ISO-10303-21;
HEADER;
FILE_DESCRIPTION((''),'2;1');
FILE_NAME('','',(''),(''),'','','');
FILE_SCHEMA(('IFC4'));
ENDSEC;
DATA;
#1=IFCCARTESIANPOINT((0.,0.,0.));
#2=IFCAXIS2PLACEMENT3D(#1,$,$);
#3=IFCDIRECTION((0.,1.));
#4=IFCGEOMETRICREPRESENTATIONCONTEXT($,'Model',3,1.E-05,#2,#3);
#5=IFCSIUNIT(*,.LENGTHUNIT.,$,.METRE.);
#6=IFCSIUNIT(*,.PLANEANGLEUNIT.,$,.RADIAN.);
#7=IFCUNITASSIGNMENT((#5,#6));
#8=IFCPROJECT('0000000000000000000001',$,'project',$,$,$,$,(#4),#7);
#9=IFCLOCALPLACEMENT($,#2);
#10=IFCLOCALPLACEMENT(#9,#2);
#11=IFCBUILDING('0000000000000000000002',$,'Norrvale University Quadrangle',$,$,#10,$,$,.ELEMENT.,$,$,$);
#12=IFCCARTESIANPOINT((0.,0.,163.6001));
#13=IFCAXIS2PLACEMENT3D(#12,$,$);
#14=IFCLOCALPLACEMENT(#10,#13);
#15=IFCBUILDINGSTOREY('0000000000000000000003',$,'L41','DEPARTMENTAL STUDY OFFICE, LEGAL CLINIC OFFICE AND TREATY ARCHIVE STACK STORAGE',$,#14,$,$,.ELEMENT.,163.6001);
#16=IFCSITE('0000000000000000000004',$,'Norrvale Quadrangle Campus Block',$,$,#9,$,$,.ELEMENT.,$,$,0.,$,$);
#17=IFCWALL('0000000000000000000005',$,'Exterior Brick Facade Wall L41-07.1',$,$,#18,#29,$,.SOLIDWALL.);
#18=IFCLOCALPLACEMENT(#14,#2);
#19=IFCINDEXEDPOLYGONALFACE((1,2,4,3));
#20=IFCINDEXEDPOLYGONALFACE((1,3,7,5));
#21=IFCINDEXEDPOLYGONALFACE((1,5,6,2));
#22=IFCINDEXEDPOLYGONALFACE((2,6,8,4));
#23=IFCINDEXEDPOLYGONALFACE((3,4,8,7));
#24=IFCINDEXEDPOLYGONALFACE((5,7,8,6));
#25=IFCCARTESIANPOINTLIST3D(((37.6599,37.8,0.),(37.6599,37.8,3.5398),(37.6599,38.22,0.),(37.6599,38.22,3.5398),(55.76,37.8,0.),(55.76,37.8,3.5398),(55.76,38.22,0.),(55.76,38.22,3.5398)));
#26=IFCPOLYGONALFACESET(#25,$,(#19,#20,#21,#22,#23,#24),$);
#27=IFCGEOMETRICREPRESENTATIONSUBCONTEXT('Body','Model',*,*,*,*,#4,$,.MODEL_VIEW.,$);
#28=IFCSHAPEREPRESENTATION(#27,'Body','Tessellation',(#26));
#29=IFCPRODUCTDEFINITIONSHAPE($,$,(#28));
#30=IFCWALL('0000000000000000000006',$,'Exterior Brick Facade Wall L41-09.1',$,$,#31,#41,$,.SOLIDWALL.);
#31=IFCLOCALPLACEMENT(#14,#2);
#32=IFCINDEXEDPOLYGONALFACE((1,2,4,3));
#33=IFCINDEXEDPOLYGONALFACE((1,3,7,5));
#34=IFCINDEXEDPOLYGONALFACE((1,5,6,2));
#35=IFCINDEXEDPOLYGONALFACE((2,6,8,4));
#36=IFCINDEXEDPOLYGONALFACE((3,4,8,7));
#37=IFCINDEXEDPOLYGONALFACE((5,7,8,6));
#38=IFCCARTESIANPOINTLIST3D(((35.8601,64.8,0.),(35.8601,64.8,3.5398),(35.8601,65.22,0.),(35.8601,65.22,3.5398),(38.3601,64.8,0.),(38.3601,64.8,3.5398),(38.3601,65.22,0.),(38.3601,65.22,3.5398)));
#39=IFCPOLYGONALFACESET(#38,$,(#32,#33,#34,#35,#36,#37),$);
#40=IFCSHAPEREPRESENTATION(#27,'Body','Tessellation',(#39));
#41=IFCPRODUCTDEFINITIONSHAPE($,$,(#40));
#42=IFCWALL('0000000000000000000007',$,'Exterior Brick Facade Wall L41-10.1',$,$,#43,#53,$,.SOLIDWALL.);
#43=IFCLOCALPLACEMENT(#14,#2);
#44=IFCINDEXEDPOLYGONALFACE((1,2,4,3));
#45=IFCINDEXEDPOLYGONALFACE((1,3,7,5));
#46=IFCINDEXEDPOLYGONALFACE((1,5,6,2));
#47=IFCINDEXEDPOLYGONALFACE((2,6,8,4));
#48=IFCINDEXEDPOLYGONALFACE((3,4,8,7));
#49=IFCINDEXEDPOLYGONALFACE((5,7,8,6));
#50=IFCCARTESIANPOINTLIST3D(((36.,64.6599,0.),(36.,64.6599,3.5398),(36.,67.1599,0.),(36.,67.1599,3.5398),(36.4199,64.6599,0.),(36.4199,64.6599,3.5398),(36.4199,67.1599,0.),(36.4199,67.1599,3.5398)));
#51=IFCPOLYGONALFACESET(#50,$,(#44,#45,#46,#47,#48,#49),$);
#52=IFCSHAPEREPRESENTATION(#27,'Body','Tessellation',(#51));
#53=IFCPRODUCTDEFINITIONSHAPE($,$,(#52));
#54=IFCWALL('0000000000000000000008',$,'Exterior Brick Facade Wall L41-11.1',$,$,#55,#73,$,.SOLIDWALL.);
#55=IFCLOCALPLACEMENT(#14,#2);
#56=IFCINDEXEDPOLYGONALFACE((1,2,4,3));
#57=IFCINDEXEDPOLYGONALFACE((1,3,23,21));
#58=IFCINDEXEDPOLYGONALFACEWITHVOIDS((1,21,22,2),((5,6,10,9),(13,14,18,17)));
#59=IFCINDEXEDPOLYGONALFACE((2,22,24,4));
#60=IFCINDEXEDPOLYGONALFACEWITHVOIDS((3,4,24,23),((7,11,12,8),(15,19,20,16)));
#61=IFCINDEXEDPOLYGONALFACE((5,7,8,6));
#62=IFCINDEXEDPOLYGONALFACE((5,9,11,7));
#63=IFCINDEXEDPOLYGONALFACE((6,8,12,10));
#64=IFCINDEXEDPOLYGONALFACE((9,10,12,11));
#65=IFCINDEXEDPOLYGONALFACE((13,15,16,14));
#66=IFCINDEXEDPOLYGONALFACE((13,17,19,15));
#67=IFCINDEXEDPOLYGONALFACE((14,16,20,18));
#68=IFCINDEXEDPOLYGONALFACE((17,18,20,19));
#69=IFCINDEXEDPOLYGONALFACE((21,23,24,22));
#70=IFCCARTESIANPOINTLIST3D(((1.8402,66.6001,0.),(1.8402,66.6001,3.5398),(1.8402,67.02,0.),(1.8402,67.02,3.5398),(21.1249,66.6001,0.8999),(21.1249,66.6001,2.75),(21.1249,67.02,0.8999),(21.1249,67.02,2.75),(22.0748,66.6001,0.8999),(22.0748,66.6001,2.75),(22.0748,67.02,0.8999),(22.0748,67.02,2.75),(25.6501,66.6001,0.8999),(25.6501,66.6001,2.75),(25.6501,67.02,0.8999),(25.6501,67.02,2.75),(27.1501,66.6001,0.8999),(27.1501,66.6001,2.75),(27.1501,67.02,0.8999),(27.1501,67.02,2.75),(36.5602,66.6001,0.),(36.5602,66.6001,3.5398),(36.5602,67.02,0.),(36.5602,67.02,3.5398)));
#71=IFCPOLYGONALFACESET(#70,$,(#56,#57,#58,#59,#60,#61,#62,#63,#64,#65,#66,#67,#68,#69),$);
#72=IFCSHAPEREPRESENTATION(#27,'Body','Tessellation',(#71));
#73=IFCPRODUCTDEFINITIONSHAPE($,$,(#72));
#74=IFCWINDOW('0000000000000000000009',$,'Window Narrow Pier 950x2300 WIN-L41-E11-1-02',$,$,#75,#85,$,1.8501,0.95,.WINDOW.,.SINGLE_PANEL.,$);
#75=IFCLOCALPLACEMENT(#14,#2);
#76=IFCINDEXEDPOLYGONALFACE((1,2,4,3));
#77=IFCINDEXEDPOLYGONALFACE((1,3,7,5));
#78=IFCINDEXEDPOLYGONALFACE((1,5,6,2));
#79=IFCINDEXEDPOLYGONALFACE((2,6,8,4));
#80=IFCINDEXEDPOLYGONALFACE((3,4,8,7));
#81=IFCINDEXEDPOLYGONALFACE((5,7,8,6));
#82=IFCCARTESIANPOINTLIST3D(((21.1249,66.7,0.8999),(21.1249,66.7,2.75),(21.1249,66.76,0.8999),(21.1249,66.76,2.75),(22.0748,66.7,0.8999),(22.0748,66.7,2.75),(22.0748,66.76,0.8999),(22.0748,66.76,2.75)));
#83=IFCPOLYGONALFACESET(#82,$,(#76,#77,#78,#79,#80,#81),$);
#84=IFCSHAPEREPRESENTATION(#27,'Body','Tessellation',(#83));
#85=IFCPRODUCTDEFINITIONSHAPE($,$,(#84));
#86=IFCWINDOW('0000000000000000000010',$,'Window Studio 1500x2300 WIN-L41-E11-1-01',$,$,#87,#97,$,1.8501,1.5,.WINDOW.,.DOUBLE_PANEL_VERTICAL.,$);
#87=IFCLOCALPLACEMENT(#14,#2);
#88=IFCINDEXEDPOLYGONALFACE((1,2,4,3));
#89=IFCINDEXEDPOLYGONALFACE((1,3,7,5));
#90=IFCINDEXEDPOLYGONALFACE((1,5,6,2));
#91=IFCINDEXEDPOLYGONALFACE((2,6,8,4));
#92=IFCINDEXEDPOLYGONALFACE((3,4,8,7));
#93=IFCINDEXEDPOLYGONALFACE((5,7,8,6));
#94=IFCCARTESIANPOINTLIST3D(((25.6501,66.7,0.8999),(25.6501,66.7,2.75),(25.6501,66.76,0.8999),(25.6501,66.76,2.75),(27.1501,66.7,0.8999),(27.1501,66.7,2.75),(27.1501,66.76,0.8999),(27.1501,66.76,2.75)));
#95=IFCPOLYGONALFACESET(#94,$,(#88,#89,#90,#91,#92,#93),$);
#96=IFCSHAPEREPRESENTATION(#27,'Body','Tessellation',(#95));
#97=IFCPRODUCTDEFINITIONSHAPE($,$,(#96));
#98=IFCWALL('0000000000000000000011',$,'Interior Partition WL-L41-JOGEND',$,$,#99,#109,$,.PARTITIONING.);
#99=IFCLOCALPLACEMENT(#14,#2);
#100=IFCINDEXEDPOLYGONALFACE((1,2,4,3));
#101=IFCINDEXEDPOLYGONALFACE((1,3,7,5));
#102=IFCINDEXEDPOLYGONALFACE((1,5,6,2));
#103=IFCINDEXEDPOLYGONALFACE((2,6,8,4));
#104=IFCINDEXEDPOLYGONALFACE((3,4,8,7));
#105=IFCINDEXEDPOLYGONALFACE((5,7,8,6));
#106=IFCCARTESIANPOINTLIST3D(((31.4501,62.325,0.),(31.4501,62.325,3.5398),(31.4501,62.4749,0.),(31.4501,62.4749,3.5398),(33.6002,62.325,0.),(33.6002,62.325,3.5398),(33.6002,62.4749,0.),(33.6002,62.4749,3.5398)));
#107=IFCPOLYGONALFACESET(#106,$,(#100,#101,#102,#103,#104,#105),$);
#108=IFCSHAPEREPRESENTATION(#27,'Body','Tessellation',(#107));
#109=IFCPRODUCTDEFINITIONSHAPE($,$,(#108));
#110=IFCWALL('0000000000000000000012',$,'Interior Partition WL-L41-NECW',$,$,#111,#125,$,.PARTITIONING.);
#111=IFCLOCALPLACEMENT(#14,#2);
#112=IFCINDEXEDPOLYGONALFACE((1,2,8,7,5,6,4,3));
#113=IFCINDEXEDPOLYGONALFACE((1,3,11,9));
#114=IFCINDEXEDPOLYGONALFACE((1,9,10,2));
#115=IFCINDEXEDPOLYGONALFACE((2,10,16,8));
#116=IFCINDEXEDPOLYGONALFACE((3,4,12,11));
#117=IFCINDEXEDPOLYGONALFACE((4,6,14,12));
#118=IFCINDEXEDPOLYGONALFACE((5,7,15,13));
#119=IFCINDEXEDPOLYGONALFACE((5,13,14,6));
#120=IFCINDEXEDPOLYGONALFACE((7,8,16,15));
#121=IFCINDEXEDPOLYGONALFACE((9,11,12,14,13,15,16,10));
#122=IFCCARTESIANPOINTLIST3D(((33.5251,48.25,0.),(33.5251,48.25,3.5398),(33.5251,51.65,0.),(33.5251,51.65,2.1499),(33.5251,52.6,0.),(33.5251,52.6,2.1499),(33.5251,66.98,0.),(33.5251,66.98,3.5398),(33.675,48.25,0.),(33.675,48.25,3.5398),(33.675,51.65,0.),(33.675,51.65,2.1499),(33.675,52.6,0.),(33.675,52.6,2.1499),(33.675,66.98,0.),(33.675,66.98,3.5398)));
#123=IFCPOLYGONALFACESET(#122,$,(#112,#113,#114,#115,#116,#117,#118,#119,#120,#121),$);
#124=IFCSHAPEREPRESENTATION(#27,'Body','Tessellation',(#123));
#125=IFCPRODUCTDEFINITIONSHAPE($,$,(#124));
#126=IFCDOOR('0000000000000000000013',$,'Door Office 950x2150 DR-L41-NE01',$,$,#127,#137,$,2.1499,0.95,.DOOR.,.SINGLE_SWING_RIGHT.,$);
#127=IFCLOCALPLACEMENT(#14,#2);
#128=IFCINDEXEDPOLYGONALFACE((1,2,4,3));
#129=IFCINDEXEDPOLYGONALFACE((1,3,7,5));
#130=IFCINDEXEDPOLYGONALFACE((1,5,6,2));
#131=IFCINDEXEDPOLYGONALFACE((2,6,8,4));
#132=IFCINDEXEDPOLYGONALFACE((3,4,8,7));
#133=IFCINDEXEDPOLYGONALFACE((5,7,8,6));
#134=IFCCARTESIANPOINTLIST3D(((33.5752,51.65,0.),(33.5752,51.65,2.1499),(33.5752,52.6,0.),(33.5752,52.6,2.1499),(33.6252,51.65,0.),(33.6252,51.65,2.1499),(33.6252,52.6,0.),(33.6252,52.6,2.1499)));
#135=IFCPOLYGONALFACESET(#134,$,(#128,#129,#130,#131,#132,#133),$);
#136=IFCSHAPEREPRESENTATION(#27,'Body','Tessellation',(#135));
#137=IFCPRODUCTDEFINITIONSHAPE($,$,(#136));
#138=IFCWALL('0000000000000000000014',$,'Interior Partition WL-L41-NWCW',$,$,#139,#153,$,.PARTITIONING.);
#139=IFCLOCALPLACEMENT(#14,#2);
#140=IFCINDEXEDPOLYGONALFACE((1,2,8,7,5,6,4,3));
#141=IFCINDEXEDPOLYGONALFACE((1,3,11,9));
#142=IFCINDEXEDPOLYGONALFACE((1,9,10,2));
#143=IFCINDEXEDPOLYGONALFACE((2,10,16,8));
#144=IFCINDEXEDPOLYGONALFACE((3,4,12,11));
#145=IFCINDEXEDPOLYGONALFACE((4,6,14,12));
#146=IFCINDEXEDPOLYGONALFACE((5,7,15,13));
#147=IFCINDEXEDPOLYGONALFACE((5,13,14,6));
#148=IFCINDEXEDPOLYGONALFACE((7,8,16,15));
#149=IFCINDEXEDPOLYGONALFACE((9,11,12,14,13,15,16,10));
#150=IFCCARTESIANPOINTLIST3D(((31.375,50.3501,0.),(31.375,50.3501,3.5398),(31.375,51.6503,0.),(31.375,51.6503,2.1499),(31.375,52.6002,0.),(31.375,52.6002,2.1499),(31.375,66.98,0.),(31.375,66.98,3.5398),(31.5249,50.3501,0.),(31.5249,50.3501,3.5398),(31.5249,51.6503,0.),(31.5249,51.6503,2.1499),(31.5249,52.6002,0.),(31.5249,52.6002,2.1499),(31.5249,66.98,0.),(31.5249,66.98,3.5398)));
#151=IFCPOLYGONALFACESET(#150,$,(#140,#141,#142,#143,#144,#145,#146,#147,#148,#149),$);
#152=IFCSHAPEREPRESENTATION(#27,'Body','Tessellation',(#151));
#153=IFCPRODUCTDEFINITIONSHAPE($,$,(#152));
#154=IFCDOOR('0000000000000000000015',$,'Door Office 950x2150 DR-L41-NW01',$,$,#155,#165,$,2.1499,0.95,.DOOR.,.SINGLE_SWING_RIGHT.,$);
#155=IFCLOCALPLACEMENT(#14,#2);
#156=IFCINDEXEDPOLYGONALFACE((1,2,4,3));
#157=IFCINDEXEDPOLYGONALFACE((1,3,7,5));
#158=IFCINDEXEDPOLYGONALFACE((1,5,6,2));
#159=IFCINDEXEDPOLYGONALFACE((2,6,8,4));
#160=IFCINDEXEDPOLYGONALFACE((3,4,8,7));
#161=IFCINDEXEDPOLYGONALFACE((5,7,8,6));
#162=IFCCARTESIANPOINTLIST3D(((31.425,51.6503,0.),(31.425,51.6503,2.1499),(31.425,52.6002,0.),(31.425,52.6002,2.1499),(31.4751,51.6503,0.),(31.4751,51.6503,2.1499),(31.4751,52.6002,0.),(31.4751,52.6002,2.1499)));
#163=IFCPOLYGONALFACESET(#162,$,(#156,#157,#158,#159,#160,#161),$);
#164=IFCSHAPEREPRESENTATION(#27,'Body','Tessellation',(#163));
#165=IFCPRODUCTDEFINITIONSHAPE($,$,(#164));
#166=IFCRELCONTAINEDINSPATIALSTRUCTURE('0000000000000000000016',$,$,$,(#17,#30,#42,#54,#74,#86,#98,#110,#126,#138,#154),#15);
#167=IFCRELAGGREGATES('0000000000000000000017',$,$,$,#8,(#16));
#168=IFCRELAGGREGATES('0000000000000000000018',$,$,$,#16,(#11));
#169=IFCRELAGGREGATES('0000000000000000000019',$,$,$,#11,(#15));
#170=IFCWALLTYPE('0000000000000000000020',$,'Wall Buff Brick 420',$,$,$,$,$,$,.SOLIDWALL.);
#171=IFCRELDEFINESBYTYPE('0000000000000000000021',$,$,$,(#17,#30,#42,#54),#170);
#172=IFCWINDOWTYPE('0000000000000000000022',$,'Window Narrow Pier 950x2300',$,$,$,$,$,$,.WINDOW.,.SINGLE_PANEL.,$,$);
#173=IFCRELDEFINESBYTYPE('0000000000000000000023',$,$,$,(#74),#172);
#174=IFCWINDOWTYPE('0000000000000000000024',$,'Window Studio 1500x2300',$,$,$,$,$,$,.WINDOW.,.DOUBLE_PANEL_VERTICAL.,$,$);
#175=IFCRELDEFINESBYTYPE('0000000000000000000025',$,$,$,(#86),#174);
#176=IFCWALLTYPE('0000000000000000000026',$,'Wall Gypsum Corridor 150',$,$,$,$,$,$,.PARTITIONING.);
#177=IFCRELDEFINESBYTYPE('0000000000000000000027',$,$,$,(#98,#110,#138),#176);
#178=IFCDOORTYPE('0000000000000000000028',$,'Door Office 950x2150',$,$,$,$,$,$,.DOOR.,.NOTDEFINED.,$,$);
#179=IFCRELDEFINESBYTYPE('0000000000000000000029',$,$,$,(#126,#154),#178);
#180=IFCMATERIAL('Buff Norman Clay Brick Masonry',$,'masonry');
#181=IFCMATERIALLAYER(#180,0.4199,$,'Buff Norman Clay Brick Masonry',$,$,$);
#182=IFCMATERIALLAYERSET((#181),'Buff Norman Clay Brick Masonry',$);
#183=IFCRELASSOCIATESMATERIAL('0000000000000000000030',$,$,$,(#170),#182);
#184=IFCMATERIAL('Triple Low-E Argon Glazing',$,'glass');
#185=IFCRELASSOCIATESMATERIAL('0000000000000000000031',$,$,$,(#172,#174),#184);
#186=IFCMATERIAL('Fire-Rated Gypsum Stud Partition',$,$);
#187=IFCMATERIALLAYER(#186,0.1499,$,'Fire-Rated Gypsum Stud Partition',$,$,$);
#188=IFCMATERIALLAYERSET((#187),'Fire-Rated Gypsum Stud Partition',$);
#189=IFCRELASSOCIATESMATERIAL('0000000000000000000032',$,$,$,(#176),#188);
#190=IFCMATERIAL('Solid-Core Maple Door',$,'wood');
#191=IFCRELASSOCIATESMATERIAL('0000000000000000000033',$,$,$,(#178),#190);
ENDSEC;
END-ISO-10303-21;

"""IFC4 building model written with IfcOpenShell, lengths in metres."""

from ifc_helpers import new_model, si_unit, direction, frame, frame_2d, origin, place, context, subcontext, project, spatial, rectangle, extrude, material, layer, layer_set, type_object, element, fill, save


model = new_model("IFC4")

# Units and contexts
model_context = context("Model", 3, precision=1e-05, world=origin(), true_north=direction((0.0, 1.0)))
body_context = subcontext(model_context, "Body", "Model", "MODEL_VIEW")
ifc_project = project(units=[si_unit("LENGTHUNIT", "METRE"), si_unit("PLANEANGLEUNIT", "RADIAN")], contexts=[model_context])

# Site, building, storey
site_placement = place(None, origin())
site = spatial("IfcSite", under=ifc_project, at=site_placement, Name="Norrvale Quadrangle Campus Block", CompositionType="ELEMENT", RefElevation=0.0)
building_placement = place(site_placement, origin())
building = spatial("IfcBuilding", under=site, at=building_placement, Name="Norrvale University Quadrangle", CompositionType="ELEMENT")
storey_placement = place(building_placement, frame((0.0, 0.0, 163.6001)))
storey = spatial("IfcBuildingStorey", under=building, at=storey_placement, Name="L41", Description="DEPARTMENTAL STUDY OFFICE, LEGAL CLINIC OFFICE AND TREATY ARCHIVE STACK STORAGE", CompositionType="ELEMENT", Elevation=163.6001)

# Walls
ifc_material_1 = material(Name="Buff Norman Clay Brick Masonry", Category="masonry")
ifc_layer_1 = layer(ifc_material_1, 0.4199, Name="Buff Norman Clay Brick Masonry")
ifc_layer_set_1 = layer_set([ifc_layer_1], Name="Buff Norman Clay Brick Masonry")
wall_type_1 = type_object("IfcWallType", Name="Wall Buff Brick 420", PredefinedType="SOLIDWALL", material=ifc_layer_set_1)
wall_1_placement = place(storey_placement, frame((55.76, 38.01, 0.0), z_axis=(0.0, 0.0, 1.0), x_axis=(-1.0, 0.0, 0.0)))
element("IfcWall", 1, at=wall_1_placement, inside=storey, type_object=wall_type_1, Name="Exterior Brick Facade Wall L41-07.1", PredefinedType="SOLIDWALL", context=body_context, shape_type="SweptSolid", body=[
    extrude(rectangle(XDim=18.1001, YDim=0.4199, at=frame_2d((9.05, 0.0))), origin(), (0.0, 0.0, 1.0), 3.5398),
])
for number, where, z_axis, x_axis, name in (
    (2, (38.3601, 65.01, 0.0), (0.0, 0.0, 1.0), (-1.0, 0.0, 0.0), "Exterior Brick Facade Wall L41-09.1"),
    (3, (36.21, 64.6599, 0.0), (0.0, 0.0, 1.0), (0.0, 1.0, 0.0), "Exterior Brick Facade Wall L41-10.1"),
):
    element("IfcWall", number, at=place(storey_placement, frame(where, z_axis=z_axis, x_axis=x_axis)), inside=storey, type_object=wall_type_1, Name=name, PredefinedType="SOLIDWALL", context=body_context, shape_type="SweptSolid", body=[
        extrude(rectangle(XDim=2.5, YDim=0.4199, at=frame_2d((1.25, 0.0))), origin(), (0.0, 0.0, 1.0), 3.5398),
    ])

# Wall, openings, windows
wall_2_placement = place(storey_placement, frame((36.5601, 66.8101, 0.0), z_axis=(0.0, 0.0, 1.0), x_axis=(-1.0, 0.0, 0.0)))
wall_2 = element("IfcWall", 4, at=wall_2_placement, inside=storey, type_object=wall_type_1, Name="Exterior Brick Facade Wall L41-11.1", PredefinedType="SOLIDWALL", context=body_context, shape_type="SweptSolid", body=[
    extrude(rectangle(XDim=34.72, YDim=0.4199, at=frame_2d((17.3599, 0.0))), origin(), (0.0, 0.0, 1.0), 3.5398),
])
opening_1_placement = place(wall_2_placement, frame((9.4099, 0.0, 0.8999)))
opening_1 = element("IfcOpeningElement", 5, at=opening_1_placement, cuts=wall_2, PredefinedType="OPENING", context=body_context, shape_type="SweptSolid", body=[
    extrude(rectangle(XDim=1.5, YDim=1.8501, at=frame_2d((0.75, 0.925))), frame((0.0, 0.2219, 0.0), z_axis=(0.0, -1.0, 0.0), x_axis=(1.0, 0.0, 0.0)), (0.0, 0.0, 1.0), 0.4438),
])
opening_2_placement = place(wall_2_placement, frame((14.4851, 0.0, 0.8999)))
opening_2 = element("IfcOpeningElement", 6, at=opening_2_placement, cuts=wall_2, PredefinedType="OPENING", context=body_context, shape_type="SweptSolid", body=[
    extrude(rectangle(XDim=0.95, YDim=1.8501, at=frame_2d((0.4751, 0.925))), frame((0.0, 0.2219, 0.0), z_axis=(0.0, -1.0, 0.0), x_axis=(1.0, 0.0, 0.0)), (0.0, 0.0, 1.0), 0.4438),
])
ifc_material_2 = material(Name="Triple Low-E Argon Glazing", Category="glass")
window_type_1 = type_object("IfcWindowType", Name="Window Narrow Pier 950x2300", PartitioningType="SINGLE_PANEL", PredefinedType="WINDOW", material=ifc_material_2)
window_1_placement = place(opening_2_placement, origin())
window_1 = element("IfcWindow", 7, at=window_1_placement, inside=storey, type_object=window_type_1, Name="Window Narrow Pier 950x2300 WIN-L41-E11-1-02", OverallHeight=1.8501, OverallWidth=0.95, PartitioningType="SINGLE_PANEL", PredefinedType="WINDOW", context=body_context, shape_type="SweptSolid", body=[
    extrude(rectangle(XDim=0.95, YDim=1.8501, at=frame_2d((0.4751, 0.925))), frame((0.0, 0.1101, 0.0), z_axis=(0.0, -1.0, 0.0), x_axis=(1.0, 0.0, 0.0)), (0.0, 0.0, 1.0), 0.0601),
])
fill(opening_2, window_1)
window_type_2 = type_object("IfcWindowType", Name="Window Studio 1500x2300", PartitioningType="DOUBLE_PANEL_VERTICAL", PredefinedType="WINDOW", material=ifc_material_2)
window_2_placement = place(opening_1_placement, origin())
window_2 = element("IfcWindow", 8, at=window_2_placement, inside=storey, type_object=window_type_2, Name="Window Studio 1500x2300 WIN-L41-E11-1-01", OverallHeight=1.8501, OverallWidth=1.5, PartitioningType="DOUBLE_PANEL_VERTICAL", PredefinedType="WINDOW", context=body_context, shape_type="SweptSolid", body=[
    extrude(rectangle(XDim=1.5, YDim=1.8501, at=frame_2d((0.75, 0.925))), frame((0.0, 0.1101, 0.0), z_axis=(0.0, -1.0, 0.0), x_axis=(1.0, 0.0, 0.0)), (0.0, 0.0, 1.0), 0.0601),
])
fill(opening_1, window_2)

# Wall
ifc_material_3 = material(Name="Fire-Rated Gypsum Stud Partition")
ifc_layer_2 = layer(ifc_material_3, 0.1499, Name="Fire-Rated Gypsum Stud Partition")
ifc_layer_set_2 = layer_set([ifc_layer_2], Name="Fire-Rated Gypsum Stud Partition")
wall_type_2 = type_object("IfcWallType", Name="Wall Gypsum Corridor 150", PredefinedType="PARTITIONING", material=ifc_layer_set_2)
wall_3_placement = place(storey_placement, frame((31.45, 62.3999, 0.0), z_axis=(0.0, 0.0, 1.0), x_axis=(1.0, 0.0, 0.0)))
element("IfcWall", 9, at=wall_3_placement, inside=storey, type_object=wall_type_2, Name="Interior Partition WL-L41-JOGEND", PredefinedType="PARTITIONING", context=body_context, shape_type="SweptSolid", body=[
    extrude(rectangle(XDim=2.1501, YDim=0.1499, at=frame_2d((1.0752, 0.0))), origin(), (0.0, 0.0, 1.0), 3.5398),
])

# Walls, openings, doors
wall_4_placement = place(storey_placement, frame((33.6001, 48.25, 0.0), z_axis=(0.0, 0.0, 1.0), x_axis=(0.0, 1.0, 0.0)))
wall_4 = element("IfcWall", 10, at=wall_4_placement, inside=storey, type_object=wall_type_2, Name="Interior Partition WL-L41-NECW", PredefinedType="PARTITIONING", context=body_context, shape_type="SweptSolid", body=[
    extrude(rectangle(XDim=18.73, YDim=0.1499, at=frame_2d((9.365, 0.0))), origin(), (0.0, 0.0, 1.0), 3.5398),
])
opening_3_placement = place(wall_4_placement, frame((3.3999, 0.0, 0.0)))
opening_3 = element("IfcOpeningElement", 11, at=opening_3_placement, cuts=wall_4, PredefinedType="OPENING", context=body_context, shape_type="SweptSolid", body=[
    extrude(rectangle(XDim=0.95, YDim=2.1499, at=frame_2d((0.4751, 1.075))), frame((0.0, 0.0869, 0.0), z_axis=(0.0, -1.0, 0.0), x_axis=(1.0, 0.0, 0.0)), (0.0, 0.0, 1.0), 0.1738),
])
ifc_material_4 = material(Name="Solid-Core Maple Door", Category="wood")
door_type = type_object("IfcDoorType", Name="Door Office 950x2150", OperationType="NOTDEFINED", PredefinedType="DOOR", material=ifc_material_4)
door_1_placement = place(opening_3_placement, origin())
door_1 = element("IfcDoor", 12, at=door_1_placement, inside=storey, type_object=door_type, Name="Door Office 950x2150 DR-L41-NE01", OperationType="SINGLE_SWING_RIGHT", OverallHeight=2.1499, OverallWidth=0.95, PredefinedType="DOOR", context=body_context, shape_type="SweptSolid", body=[
    extrude(rectangle(XDim=0.95, YDim=2.1499, at=frame_2d((0.4751, 1.075))), frame((0.0, 0.0249, 0.0), z_axis=(0.0, -1.0, 0.0), x_axis=(1.0, 0.0, 0.0)), (0.0, 0.0, 1.0), 0.05),
])
fill(opening_3, door_1)
wall_5_placement = place(storey_placement, frame((31.45, 50.3501, 0.0), z_axis=(0.0, 0.0, 1.0), x_axis=(0.0, 1.0, 0.0)))
wall_5 = element("IfcWall", 13, at=wall_5_placement, inside=storey, type_object=wall_type_2, Name="Interior Partition WL-L41-NWCW", PredefinedType="PARTITIONING", context=body_context, shape_type="SweptSolid", body=[
    extrude(rectangle(XDim=16.6299, YDim=0.1499, at=frame_2d((8.3149, 0.0))), origin(), (0.0, 0.0, 1.0), 3.5398),
])
opening_4_placement = place(wall_5_placement, frame((1.3, 0.0, 0.0)))
opening_4 = element("IfcOpeningElement", 14, at=opening_4_placement, cuts=wall_5, PredefinedType="OPENING", context=body_context, shape_type="SweptSolid", body=[
    extrude(rectangle(XDim=0.95, YDim=2.1499, at=frame_2d((0.4751, 1.075))), frame((0.0, 0.0869, 0.0), z_axis=(0.0, -1.0, 0.0), x_axis=(1.0, 0.0, 0.0)), (0.0, 0.0, 1.0), 0.1738),
])
door_2_placement = place(opening_4_placement, origin())
door_2 = element("IfcDoor", 15, at=door_2_placement, inside=storey, type_object=door_type, Name="Door Office 950x2150 DR-L41-NW01", OperationType="SINGLE_SWING_RIGHT", OverallHeight=2.1499, OverallWidth=0.95, PredefinedType="DOOR", context=body_context, shape_type="SweptSolid", body=[
    extrude(rectangle(XDim=0.95, YDim=2.1499, at=frame_2d((0.4751, 1.075))), frame((0.0, 0.0249, 0.0), z_axis=(0.0, -1.0, 0.0), x_axis=(1.0, 0.0, 0.0)), (0.0, 0.0, 1.0), 0.05),
])
fill(opening_4, door_2)

save(model, "model.ifc")
